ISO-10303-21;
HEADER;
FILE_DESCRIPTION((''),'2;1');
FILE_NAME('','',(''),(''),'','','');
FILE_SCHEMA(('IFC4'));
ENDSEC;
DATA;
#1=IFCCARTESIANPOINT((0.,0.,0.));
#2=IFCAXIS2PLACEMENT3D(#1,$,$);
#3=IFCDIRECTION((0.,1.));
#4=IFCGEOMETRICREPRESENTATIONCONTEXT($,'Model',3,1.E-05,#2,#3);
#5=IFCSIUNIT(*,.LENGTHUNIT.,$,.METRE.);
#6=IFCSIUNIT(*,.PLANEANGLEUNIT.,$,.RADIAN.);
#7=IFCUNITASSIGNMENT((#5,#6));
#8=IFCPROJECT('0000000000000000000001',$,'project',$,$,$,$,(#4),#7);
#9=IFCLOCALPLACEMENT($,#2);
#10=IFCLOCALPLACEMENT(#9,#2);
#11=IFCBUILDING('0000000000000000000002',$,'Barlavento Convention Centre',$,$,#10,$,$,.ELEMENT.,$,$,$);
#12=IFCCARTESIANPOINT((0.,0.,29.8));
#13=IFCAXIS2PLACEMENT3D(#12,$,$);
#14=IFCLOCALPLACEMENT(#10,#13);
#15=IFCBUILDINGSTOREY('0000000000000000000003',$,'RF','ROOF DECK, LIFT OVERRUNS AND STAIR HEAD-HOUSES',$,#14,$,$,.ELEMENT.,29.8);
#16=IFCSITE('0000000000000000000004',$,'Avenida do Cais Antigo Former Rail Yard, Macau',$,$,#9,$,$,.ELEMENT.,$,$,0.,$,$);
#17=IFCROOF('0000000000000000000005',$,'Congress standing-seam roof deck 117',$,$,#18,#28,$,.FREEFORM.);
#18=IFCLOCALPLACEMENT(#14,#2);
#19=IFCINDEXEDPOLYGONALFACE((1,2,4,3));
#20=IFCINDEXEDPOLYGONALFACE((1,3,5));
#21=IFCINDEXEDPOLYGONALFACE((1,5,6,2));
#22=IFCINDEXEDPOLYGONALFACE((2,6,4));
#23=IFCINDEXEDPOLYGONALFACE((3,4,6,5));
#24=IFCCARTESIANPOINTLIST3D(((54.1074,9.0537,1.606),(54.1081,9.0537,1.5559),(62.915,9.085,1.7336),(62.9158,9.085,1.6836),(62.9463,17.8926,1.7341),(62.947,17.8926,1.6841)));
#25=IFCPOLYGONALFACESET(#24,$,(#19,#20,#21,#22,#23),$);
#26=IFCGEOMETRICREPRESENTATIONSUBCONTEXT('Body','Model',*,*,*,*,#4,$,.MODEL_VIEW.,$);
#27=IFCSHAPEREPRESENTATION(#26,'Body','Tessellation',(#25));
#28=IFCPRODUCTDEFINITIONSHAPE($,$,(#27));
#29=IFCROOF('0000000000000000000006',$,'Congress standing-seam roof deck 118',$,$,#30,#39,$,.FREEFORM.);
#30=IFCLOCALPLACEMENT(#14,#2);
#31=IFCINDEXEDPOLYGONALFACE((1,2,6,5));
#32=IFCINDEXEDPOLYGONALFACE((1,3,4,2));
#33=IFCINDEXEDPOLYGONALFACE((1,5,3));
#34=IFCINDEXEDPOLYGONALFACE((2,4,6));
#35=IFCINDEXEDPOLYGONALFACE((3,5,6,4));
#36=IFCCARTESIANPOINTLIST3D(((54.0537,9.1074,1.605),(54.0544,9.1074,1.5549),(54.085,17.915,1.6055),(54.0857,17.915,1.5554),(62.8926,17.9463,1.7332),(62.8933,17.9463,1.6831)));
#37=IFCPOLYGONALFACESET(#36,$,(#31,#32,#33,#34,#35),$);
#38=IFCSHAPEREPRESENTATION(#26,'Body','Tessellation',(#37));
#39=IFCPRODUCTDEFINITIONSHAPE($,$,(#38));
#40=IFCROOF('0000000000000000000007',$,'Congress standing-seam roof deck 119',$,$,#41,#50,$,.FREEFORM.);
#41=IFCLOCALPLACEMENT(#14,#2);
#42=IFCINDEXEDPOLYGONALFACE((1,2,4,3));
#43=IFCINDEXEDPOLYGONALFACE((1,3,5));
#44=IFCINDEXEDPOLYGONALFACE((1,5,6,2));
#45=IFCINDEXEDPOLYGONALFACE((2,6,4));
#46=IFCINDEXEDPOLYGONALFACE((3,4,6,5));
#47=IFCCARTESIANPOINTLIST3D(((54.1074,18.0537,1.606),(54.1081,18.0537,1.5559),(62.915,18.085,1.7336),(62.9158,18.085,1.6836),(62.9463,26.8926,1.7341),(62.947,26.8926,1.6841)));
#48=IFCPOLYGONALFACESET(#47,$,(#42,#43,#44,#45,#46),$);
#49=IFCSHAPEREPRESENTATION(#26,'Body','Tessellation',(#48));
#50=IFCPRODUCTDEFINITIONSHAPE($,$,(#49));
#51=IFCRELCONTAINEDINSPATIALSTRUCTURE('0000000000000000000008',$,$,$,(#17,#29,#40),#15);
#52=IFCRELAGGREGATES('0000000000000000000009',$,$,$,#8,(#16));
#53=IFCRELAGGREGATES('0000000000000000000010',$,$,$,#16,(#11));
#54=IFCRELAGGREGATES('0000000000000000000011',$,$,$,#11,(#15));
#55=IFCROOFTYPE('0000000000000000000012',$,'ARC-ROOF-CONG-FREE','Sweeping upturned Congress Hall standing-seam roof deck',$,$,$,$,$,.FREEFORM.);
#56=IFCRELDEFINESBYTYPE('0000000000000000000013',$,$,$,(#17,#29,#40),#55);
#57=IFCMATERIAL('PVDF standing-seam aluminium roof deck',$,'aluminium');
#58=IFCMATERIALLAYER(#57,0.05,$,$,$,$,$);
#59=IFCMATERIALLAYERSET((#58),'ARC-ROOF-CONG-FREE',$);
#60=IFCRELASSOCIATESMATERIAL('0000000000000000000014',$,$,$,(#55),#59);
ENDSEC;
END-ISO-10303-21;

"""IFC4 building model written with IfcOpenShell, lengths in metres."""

from ifc_helpers import new_model, si_unit, direction, frame, origin, place, context, subcontext, project, spatial, polyline, outline, extrude, material, layer, layer_set, type_object, element, save


model = new_model("IFC4")

# Units and contexts
model_context = context("Model", 3, precision=1e-05, world=origin(), true_north=direction((0.0, 1.0)))
body_context = subcontext(model_context, "Body", "Model", "MODEL_VIEW")
ifc_project = project(units=[si_unit("LENGTHUNIT", "METRE"), si_unit("PLANEANGLEUNIT", "RADIAN")], contexts=[model_context])

# Site, building, storey
site_placement = place(None, origin())
site = spatial("IfcSite", under=ifc_project, at=site_placement, Name="Avenida do Cais Antigo Former Rail Yard, Macau", CompositionType="ELEMENT", RefElevation=0.0)
building_placement = place(site_placement, origin())
building = spatial("IfcBuilding", under=site, at=building_placement, Name="Barlavento Convention Centre", CompositionType="ELEMENT")
storey_placement = place(building_placement, frame((0.0, 0.0, 29.8)))
storey = spatial("IfcBuildingStorey", under=building, at=storey_placement, Name="RF", Description="ROOF DECK, LIFT OVERRUNS AND STAIR HEAD-HOUSES", CompositionType="ELEMENT", Elevation=29.8)

# Roofs
ifc_material_1 = material(Name="PVDF standing-seam aluminium roof deck", Category="aluminium")
ifc_layer_1 = layer(ifc_material_1, 0.05)
ifc_layer_set_1 = layer_set([ifc_layer_1], Name="ARC-ROOF-CONG-FREE")
roof_type = type_object("IfcRoofType", Name="ARC-ROOF-CONG-FREE", Description="Sweeping upturned Congress Hall standing-seam roof deck", PredefinedType="FREEFORM", material=ifc_layer_set_1)
roof_1_placement = place(storey_placement, frame((54.1074, 9.0537, 1.606), z_axis=(-0.014496, -0.000004, 0.999895), x_axis=(0.999889, 0.003548, 0.014496)))
element("IfcRoof", 1, at=roof_1_placement, inside=storey, type_object=roof_type, Name="Congress standing-seam roof deck 117", PredefinedType="FREEFORM", context=body_context, shape_type="SweptSolid", body=[
    extrude(outline(polyline([(0.0, 0.0), (8.8086, 0.0), (8.8711, 8.8075), (0.0, 0.0)])), origin(), (0.0, 0.0, -1.0), 0.05),
])
roof_2_placement = place(storey_placement, frame((54.0537, 9.1074, 1.605), z_axis=(-0.014496, -0.000004, 0.999895), x_axis=(0.70707, 0.70707, 0.010253)))
element("IfcRoof", 2, at=roof_2_placement, inside=storey, type_object=roof_type, Name="Congress standing-seam roof deck 118", PredefinedType="FREEFORM", context=body_context, shape_type="SweptSolid", body=[
    extrude(outline(polyline([(0.0, 0.0), (12.5007, 0.0), (6.2497, 6.2062), (0.0, 0.0)])), origin(), (0.0, 0.0, -1.0), 0.05),
])
roof_3_placement = place(storey_placement, frame((54.1074, 18.0537, 1.606), z_axis=(-0.014496, -0.000004, 0.999895), x_axis=(0.999889, 0.003548, 0.014496)))
element("IfcRoof", 3, at=roof_3_placement, inside=storey, type_object=roof_type, Name="Congress standing-seam roof deck 119", PredefinedType="FREEFORM", context=body_context, shape_type="SweptSolid", body=[
    extrude(outline(polyline([(0.0, 0.0), (8.8086, 0.0), (8.8711, 8.8075), (0.0, 0.0)])), origin(), (0.0, 0.0, -1.0), 0.05),
])

save(model, "model.ifc")
